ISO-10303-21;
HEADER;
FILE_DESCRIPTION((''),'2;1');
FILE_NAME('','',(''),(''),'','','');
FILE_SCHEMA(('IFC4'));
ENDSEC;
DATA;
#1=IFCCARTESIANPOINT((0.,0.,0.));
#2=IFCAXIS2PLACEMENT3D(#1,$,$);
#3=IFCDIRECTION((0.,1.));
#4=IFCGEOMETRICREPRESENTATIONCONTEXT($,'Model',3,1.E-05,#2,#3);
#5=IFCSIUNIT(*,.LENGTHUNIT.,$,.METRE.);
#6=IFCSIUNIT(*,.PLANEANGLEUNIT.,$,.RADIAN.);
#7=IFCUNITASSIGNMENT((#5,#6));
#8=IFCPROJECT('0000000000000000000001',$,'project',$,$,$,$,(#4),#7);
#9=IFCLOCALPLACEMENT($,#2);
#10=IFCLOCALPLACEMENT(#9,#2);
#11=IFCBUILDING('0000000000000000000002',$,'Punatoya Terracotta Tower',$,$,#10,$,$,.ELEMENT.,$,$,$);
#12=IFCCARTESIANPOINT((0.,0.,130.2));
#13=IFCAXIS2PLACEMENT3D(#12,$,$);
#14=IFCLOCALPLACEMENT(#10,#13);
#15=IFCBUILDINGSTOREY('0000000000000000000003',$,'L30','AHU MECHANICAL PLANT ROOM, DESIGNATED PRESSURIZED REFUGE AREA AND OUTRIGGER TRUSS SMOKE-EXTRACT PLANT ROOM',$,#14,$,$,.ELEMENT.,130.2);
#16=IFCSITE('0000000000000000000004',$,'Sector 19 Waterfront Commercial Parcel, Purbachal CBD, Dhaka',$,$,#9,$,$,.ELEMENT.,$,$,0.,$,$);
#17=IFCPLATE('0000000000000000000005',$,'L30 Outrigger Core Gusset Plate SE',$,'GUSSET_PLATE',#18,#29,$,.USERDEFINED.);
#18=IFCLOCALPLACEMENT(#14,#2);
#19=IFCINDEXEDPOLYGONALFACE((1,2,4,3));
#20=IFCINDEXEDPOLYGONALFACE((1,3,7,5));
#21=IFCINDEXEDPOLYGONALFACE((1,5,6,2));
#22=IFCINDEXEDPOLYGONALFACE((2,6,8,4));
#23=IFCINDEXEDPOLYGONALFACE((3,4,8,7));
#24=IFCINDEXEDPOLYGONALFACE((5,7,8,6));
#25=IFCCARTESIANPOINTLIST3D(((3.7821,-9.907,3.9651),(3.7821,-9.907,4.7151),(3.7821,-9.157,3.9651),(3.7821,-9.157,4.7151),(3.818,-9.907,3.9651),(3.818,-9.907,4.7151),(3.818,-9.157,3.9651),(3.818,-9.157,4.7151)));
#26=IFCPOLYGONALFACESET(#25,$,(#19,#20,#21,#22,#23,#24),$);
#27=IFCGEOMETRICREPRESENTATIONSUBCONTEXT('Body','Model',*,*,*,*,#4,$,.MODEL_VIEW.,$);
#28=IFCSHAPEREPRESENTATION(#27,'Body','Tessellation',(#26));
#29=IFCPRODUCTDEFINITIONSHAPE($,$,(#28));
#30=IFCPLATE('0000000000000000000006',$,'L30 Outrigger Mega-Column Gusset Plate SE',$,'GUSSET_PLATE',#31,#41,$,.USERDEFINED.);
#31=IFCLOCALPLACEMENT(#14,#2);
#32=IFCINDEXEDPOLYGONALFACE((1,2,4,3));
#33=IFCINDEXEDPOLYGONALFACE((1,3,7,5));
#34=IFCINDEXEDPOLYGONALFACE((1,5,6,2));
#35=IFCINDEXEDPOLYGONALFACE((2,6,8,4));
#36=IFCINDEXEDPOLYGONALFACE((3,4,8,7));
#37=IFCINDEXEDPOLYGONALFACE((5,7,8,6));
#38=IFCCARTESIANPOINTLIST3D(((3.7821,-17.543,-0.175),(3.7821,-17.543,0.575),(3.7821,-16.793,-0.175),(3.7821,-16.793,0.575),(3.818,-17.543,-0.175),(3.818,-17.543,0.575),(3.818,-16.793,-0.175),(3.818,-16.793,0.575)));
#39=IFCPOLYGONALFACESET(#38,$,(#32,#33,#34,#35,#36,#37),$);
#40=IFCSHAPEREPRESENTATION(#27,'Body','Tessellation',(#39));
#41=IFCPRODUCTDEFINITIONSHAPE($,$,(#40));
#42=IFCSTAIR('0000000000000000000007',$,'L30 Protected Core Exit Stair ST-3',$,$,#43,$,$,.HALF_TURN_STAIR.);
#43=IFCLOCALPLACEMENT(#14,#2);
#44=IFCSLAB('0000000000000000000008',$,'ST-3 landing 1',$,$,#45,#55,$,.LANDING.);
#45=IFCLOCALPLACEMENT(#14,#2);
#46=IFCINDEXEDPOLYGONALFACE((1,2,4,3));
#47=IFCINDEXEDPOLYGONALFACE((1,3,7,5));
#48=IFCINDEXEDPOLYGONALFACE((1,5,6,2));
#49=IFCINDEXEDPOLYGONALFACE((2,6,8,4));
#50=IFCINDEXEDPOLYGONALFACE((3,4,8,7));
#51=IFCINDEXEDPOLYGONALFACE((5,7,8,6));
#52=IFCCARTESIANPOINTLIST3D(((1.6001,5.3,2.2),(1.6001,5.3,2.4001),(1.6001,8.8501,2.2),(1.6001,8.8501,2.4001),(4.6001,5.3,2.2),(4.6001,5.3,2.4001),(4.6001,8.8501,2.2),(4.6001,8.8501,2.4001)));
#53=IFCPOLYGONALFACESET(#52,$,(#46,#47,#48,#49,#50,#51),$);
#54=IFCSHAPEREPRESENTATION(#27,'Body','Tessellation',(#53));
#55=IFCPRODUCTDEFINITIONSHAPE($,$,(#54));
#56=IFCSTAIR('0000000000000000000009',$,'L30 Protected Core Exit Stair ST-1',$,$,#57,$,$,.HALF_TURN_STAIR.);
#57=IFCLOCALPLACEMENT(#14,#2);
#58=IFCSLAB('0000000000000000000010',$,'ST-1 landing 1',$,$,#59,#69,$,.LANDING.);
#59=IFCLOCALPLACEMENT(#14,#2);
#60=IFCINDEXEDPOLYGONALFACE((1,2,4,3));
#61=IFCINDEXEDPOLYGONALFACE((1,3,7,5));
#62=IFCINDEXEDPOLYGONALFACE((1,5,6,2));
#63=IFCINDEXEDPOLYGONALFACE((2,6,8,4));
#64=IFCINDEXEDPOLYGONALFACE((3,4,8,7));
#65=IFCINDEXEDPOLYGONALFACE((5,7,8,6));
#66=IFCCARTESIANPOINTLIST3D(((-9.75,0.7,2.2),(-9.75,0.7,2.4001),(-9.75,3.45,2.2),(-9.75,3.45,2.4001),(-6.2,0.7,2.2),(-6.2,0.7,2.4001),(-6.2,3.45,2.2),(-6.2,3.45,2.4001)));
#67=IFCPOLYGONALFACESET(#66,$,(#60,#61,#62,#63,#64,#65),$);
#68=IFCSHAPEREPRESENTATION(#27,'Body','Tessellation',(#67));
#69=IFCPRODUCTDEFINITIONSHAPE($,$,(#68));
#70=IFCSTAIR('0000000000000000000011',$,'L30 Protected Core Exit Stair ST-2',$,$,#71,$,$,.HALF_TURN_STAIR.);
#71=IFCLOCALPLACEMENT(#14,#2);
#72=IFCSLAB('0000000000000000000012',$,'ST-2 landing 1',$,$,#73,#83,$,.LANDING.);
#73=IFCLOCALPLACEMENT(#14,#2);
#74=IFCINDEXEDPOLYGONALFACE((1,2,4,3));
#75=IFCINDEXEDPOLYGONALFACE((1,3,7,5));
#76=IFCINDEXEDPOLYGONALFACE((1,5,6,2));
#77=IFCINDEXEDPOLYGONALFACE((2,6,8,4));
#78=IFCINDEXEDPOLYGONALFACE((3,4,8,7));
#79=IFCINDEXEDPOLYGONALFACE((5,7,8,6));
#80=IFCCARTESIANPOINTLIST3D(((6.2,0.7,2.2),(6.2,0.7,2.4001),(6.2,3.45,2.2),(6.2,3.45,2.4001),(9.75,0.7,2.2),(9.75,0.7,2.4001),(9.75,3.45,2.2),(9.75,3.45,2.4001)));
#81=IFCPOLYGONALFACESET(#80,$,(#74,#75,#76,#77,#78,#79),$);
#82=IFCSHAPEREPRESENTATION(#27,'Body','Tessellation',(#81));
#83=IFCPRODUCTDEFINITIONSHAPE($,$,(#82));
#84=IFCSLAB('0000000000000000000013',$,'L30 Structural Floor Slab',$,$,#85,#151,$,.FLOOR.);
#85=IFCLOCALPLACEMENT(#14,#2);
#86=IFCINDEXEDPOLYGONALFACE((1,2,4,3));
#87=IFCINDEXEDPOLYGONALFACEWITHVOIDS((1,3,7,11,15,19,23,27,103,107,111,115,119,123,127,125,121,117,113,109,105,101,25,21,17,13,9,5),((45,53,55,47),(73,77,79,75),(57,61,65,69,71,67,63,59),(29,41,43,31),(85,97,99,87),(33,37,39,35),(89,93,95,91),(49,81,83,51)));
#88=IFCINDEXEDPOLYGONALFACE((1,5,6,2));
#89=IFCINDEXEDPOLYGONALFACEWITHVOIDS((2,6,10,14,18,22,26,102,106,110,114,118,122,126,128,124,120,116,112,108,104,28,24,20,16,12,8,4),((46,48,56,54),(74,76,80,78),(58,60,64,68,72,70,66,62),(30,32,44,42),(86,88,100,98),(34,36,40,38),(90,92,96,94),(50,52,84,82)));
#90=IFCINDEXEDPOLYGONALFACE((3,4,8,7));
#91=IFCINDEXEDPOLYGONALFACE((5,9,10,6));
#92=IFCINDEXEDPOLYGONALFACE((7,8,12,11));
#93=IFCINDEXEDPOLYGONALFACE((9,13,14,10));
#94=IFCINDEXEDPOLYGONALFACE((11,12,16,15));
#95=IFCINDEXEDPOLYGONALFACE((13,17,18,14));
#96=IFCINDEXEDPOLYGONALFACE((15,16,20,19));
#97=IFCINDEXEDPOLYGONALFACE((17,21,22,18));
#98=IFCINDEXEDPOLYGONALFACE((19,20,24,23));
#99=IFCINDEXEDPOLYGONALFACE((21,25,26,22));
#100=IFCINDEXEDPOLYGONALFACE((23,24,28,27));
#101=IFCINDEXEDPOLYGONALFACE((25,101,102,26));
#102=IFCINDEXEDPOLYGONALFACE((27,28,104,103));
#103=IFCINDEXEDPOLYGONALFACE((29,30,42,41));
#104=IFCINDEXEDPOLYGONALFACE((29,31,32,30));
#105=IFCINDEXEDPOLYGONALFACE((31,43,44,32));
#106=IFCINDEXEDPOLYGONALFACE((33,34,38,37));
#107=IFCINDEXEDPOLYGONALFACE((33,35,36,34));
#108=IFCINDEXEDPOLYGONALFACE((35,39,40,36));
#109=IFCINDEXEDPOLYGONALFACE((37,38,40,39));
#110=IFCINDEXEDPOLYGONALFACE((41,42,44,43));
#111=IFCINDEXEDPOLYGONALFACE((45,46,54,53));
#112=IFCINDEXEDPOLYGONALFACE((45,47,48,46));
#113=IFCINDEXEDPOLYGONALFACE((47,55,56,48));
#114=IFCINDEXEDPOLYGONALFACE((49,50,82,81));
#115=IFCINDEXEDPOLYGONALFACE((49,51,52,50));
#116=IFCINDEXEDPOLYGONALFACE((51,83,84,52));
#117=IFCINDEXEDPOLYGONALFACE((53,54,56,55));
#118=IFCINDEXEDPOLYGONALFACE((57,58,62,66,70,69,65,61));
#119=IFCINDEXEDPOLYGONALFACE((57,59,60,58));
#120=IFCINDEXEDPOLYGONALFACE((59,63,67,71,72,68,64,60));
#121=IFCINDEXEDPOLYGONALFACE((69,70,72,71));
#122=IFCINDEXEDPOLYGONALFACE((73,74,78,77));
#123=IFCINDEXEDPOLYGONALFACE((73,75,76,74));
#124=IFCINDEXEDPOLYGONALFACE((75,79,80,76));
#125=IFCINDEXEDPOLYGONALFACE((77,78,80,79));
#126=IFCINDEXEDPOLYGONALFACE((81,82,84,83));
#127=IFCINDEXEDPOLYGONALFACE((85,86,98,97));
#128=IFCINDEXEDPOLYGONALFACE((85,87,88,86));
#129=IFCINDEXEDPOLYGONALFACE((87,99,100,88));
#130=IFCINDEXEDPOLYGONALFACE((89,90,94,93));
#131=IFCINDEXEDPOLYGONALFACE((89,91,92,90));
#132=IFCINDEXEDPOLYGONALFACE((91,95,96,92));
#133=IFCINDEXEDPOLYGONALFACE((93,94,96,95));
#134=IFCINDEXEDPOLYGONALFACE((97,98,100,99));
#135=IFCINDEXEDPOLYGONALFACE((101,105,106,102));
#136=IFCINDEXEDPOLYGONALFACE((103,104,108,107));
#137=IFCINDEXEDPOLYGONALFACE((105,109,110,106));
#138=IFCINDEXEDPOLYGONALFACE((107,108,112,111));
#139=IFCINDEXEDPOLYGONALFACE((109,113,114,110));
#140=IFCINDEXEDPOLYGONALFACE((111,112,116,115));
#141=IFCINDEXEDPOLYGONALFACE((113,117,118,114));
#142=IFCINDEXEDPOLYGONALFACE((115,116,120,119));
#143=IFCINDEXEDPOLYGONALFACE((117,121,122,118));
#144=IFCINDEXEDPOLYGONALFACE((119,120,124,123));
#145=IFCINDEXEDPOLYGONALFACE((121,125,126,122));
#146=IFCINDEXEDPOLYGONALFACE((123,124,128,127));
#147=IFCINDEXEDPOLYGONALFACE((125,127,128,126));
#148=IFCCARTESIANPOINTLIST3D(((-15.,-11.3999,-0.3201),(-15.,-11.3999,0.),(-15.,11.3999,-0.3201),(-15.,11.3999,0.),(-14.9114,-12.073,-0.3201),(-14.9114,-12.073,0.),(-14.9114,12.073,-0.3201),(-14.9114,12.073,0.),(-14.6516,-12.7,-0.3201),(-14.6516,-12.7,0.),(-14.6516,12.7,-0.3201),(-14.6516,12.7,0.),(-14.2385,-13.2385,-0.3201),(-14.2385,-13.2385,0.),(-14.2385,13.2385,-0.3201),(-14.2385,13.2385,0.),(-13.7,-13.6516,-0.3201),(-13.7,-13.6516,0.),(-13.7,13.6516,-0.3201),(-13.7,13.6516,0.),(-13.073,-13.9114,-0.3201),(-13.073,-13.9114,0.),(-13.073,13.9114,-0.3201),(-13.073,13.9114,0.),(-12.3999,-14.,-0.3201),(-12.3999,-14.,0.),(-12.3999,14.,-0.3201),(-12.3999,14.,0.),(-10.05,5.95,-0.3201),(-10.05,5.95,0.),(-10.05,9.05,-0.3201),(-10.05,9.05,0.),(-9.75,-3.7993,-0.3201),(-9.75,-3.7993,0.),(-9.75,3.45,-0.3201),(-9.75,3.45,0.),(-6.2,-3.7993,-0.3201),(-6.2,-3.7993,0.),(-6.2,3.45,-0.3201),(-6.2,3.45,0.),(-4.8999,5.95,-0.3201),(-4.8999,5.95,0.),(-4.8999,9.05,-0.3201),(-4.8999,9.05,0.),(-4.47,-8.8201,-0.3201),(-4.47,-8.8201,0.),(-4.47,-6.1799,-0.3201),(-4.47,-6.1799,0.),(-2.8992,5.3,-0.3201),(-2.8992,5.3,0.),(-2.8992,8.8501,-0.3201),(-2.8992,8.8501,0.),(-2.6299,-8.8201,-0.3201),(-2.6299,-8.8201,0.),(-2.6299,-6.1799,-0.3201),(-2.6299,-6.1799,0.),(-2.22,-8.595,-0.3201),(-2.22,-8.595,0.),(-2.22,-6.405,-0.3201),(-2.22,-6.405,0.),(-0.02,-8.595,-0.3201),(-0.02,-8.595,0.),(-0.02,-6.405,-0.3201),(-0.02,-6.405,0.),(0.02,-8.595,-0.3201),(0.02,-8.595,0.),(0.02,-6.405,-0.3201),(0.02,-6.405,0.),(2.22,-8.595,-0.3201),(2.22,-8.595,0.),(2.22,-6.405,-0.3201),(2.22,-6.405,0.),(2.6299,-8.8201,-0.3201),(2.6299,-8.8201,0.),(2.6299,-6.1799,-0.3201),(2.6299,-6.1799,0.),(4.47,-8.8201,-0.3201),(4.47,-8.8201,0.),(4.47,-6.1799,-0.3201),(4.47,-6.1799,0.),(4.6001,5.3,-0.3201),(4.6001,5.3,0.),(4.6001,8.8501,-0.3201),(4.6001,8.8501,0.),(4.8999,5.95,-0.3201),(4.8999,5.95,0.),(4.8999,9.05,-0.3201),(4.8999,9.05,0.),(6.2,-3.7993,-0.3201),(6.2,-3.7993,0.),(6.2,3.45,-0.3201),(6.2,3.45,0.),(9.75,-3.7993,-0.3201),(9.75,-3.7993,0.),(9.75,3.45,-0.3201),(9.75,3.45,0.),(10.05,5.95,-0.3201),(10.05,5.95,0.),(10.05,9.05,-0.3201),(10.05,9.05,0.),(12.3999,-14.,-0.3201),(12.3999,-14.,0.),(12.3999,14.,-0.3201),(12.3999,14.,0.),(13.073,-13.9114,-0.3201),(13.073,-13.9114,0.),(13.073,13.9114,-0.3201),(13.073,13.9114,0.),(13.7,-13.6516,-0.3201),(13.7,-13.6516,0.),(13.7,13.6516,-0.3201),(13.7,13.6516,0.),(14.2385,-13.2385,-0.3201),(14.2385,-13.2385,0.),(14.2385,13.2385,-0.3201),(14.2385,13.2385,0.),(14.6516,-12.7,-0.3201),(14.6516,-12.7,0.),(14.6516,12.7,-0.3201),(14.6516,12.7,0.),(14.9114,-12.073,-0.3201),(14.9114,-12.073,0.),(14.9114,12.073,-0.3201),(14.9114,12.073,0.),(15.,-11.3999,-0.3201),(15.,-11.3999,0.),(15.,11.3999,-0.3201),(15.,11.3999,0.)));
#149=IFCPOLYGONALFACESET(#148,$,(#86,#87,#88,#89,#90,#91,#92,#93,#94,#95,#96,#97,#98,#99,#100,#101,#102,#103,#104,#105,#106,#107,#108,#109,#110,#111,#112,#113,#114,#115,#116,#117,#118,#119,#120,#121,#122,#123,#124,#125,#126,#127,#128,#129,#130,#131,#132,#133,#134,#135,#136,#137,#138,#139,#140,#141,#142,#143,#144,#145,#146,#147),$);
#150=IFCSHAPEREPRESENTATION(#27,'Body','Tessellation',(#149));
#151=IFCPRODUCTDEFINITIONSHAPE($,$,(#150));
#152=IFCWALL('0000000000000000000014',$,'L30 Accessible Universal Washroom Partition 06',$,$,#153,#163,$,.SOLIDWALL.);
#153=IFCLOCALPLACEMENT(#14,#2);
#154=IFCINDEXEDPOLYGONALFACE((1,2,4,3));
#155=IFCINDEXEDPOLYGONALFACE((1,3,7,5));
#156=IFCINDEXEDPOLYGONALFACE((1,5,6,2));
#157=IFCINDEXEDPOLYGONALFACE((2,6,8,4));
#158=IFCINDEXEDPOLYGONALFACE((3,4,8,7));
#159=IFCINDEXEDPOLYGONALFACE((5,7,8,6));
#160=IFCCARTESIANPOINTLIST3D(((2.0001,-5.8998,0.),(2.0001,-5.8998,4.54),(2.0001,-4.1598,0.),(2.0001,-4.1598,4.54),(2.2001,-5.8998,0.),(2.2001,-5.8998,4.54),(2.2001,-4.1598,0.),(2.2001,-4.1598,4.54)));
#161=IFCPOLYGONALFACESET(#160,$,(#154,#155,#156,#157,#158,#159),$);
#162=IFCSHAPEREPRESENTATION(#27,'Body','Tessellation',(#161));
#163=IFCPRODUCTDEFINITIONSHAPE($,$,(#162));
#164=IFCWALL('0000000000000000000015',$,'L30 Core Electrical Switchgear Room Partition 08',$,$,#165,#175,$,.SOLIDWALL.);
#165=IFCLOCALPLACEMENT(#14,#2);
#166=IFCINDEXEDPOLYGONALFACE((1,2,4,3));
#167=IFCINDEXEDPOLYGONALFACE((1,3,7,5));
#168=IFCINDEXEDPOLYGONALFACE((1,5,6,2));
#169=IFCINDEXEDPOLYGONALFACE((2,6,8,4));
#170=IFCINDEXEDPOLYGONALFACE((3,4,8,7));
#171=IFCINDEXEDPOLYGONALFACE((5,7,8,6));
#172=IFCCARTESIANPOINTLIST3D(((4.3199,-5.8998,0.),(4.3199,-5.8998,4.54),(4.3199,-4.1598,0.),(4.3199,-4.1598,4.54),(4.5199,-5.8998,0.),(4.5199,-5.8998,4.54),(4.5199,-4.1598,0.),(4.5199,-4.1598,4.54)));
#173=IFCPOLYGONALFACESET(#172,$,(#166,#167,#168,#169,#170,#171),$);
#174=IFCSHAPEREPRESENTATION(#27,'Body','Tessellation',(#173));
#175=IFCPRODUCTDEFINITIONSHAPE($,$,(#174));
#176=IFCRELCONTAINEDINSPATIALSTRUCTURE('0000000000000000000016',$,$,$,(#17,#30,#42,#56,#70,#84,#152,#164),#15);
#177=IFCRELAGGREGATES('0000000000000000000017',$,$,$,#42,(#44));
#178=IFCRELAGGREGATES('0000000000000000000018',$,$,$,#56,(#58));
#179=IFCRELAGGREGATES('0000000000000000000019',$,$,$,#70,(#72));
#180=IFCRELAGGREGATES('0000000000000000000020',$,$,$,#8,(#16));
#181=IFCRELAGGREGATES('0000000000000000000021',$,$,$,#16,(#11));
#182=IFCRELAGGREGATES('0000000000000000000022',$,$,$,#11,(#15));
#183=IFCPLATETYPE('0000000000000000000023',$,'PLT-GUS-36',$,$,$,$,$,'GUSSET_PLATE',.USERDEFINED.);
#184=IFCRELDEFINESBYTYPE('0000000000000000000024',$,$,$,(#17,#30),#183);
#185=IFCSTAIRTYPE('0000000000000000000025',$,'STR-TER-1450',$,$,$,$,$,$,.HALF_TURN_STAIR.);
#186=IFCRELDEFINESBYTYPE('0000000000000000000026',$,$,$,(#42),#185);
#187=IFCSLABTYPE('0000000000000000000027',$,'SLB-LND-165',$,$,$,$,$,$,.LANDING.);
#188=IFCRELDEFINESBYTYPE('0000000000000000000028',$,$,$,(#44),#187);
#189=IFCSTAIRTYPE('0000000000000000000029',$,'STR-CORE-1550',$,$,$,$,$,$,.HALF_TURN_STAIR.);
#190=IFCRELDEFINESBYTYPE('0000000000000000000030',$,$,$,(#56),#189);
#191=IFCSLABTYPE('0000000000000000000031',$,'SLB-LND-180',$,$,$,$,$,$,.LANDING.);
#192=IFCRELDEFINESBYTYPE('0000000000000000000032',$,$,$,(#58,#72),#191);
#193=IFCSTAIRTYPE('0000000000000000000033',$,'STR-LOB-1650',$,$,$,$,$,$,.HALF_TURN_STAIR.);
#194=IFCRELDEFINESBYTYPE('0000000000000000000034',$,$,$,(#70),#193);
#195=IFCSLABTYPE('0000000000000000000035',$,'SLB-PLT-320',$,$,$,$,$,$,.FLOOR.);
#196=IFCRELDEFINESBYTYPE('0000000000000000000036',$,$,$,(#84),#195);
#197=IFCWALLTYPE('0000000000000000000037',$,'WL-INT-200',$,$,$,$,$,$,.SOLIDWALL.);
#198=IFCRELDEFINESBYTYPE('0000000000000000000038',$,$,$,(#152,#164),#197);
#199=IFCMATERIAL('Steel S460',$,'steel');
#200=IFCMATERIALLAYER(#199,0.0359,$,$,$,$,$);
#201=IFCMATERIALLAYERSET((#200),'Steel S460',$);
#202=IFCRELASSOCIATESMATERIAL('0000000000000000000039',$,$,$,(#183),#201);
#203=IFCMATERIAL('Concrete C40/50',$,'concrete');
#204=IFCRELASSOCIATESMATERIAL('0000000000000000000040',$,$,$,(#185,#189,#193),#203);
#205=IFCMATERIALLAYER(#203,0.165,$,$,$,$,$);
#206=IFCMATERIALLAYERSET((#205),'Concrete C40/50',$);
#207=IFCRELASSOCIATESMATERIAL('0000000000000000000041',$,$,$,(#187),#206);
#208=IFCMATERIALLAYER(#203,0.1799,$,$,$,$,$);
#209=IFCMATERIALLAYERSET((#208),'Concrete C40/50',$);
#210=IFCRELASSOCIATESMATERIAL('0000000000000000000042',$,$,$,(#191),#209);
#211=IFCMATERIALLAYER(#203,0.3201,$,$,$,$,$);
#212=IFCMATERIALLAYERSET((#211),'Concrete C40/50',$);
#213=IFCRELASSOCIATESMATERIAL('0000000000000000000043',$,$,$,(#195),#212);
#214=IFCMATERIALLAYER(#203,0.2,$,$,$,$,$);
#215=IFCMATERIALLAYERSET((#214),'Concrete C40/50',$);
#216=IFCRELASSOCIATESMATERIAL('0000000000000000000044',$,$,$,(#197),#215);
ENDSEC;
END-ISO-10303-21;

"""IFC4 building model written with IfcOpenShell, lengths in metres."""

from ifc_helpers import new_model, si_unit, direction, frame, frame_2d, origin, origin_2d, place, context, subcontext, project, spatial, polyline, rectangle, outline, extrude, material, layer, layer_set, type_object, element, aggregate, save


model = new_model("IFC4")

# Units and contexts
model_context = context("Model", 3, precision=1e-05, world=origin(), true_north=direction((0.0, 1.0)))
body_context = subcontext(model_context, "Body", "Model", "MODEL_VIEW")
ifc_project = project(units=[si_unit("LENGTHUNIT", "METRE"), si_unit("PLANEANGLEUNIT", "RADIAN")], contexts=[model_context])

# Site, building, storey
site_placement = place(None, origin())
site = spatial("IfcSite", under=ifc_project, at=site_placement, Name="Sector 19 Waterfront Commercial Parcel, Purbachal CBD, Dhaka", CompositionType="ELEMENT", RefElevation=0.0)
building_placement = place(site_placement, origin())
building = spatial("IfcBuilding", under=site, at=building_placement, Name="Punatoya Terracotta Tower", CompositionType="ELEMENT")
storey_placement = place(building_placement, frame((0.0, 0.0, 130.2)))
storey = spatial("IfcBuildingStorey", under=building, at=storey_placement, Name="L30", Description="AHU MECHANICAL PLANT ROOM, DESIGNATED PRESSURIZED REFUGE AREA AND OUTRIGGER TRUSS SMOKE-EXTRACT PLANT ROOM", CompositionType="ELEMENT", Elevation=130.2)

# Shared definitions
ifc_material_1 = material(Name="Steel S460", Category="steel")

# Plates
ifc_layer_1 = layer(ifc_material_1, 0.0359)
ifc_layer_set_1 = layer_set([ifc_layer_1], Name="Steel S460")
plate_type = type_object("IfcPlateType", Name="PLT-GUS-36", ElementType="GUSSET_PLATE", PredefinedType="USERDEFINED", material=ifc_layer_set_1)
for number, where, z_axis, x_axis, name in (
    (1, (3.8, -9.532, 3.9651), (0.0, 0.0, 1.0), (0.0, 1.0, 0.0), "L30 Outrigger Core Gusset Plate SE"),
    (2, (3.8, -17.168, -0.175), (0.0, 0.0, 1.0), (0.0, 1.0, 0.0), "L30 Outrigger Mega-Column Gusset Plate SE"),
):
    element("IfcPlate", number, at=place(storey_placement, frame(where, z_axis=z_axis, x_axis=x_axis)), inside=storey, type_object=plate_type, Name=name, ObjectType="GUSSET_PLATE", PredefinedType="USERDEFINED", context=body_context, shape_type="SweptSolid", body=[
        extrude(rectangle(XDim=0.75, YDim=0.0359, at=origin_2d()), origin(), (0.0, 0.0, 1.0), 0.75),
    ])

# Stairs, slabs
ifc_material_2 = material(Name="Concrete C40/50", Category="concrete")
stair_type_1 = type_object("IfcStairType", Name="STR-TER-1450", PredefinedType="HALF_TURN_STAIR", material=ifc_material_2)
stair_1_placement = place(storey_placement, origin())
stair_1 = element("IfcStair", 3, at=stair_1_placement, inside=storey, type_object=stair_type_1, Name="L30 Protected Core Exit Stair ST-3", PredefinedType="HALF_TURN_STAIR")
ifc_layer_2 = layer(ifc_material_2, 0.165)
ifc_layer_set_2 = layer_set([ifc_layer_2], Name="Concrete C40/50")
slab_type_1 = type_object("IfcSlabType", Name="SLB-LND-165", PredefinedType="LANDING", material=ifc_layer_set_2)
slab_1_placement = place(storey_placement, frame((0.0, 0.0, 2.2)))
slab_1 = element("IfcSlab", 4, at=slab_1_placement, type_object=slab_type_1, Name="ST-3 landing 1", PredefinedType="LANDING", context=body_context, shape_type="SweptSolid", body=[
    extrude(outline(polyline([(1.6001, 5.3), (4.6001, 5.3), (4.6001, 8.8501), (1.6001, 8.8501), (1.6001, 5.3)])), origin(), (0.0, 0.0, 1.0), 0.2002),
])
aggregate(stair_1, [slab_1])
stair_type_2 = type_object("IfcStairType", Name="STR-CORE-1550", PredefinedType="HALF_TURN_STAIR", material=ifc_material_2)
stair_2_placement = place(storey_placement, origin())
stair_2 = element("IfcStair", 5, at=stair_2_placement, inside=storey, type_object=stair_type_2, Name="L30 Protected Core Exit Stair ST-1", PredefinedType="HALF_TURN_STAIR")
ifc_layer_3 = layer(ifc_material_2, 0.1799)
ifc_layer_set_3 = layer_set([ifc_layer_3], Name="Concrete C40/50")
slab_type_2 = type_object("IfcSlabType", Name="SLB-LND-180", PredefinedType="LANDING", material=ifc_layer_set_3)
slab_2_placement = place(storey_placement, frame((0.0, 0.0, 2.2)))
slab_2 = element("IfcSlab", 6, at=slab_2_placement, type_object=slab_type_2, Name="ST-1 landing 1", PredefinedType="LANDING", context=body_context, shape_type="SweptSolid", body=[
    extrude(outline(polyline([(-6.2, 0.7), (-6.2, 3.45), (-9.75, 3.45), (-9.75, 0.7), (-6.2, 0.7)])), origin(), (0.0, 0.0, 1.0), 0.2002),
])
aggregate(stair_2, [slab_2])
stair_type_3 = type_object("IfcStairType", Name="STR-LOB-1650", PredefinedType="HALF_TURN_STAIR", material=ifc_material_2)
stair_3_placement = place(storey_placement, origin())
stair_3 = element("IfcStair", 7, at=stair_3_placement, inside=storey, type_object=stair_type_3, Name="L30 Protected Core Exit Stair ST-2", PredefinedType="HALF_TURN_STAIR")
slab_3_placement = place(storey_placement, frame((0.0, 0.0, 2.2)))
slab_3 = element("IfcSlab", 8, at=slab_3_placement, type_object=slab_type_2, Name="ST-2 landing 1", PredefinedType="LANDING", context=body_context, shape_type="SweptSolid", body=[
    extrude(outline(polyline([(9.75, 0.7), (9.75, 3.45), (6.2, 3.45), (6.2, 0.7), (9.75, 0.7)])), origin(), (0.0, 0.0, 1.0), 0.2002),
])
aggregate(stair_3, [slab_3])

# Slab
ifc_layer_4 = layer(ifc_material_2, 0.3201)
ifc_layer_set_4 = layer_set([ifc_layer_4], Name="Concrete C40/50")
slab_type_3 = type_object("IfcSlabType", Name="SLB-PLT-320", PredefinedType="FLOOR", material=ifc_layer_set_4)
slab_4_placement = place(storey_placement, frame((0.0, 0.0, -0.3201)))
element("IfcSlab", 9, at=slab_4_placement, inside=storey, type_object=slab_type_3, Name="L30 Structural Floor Slab", PredefinedType="FLOOR", context=body_context, shape_type="SweptSolid", body=[
    extrude(outline(polyline([(-12.3999, -14.0), (-13.073, -13.9114), (-13.7, -13.6516), (-14.2385, -13.2385), (-14.6516, -12.7), (-14.9114, -12.073), (-15.0, -11.3999), (-15.0, 11.3999), (-14.9114, 12.073), (-14.6516, 12.7), (-14.2385, 13.2385), (-13.7, 13.6516), (-13.073, 13.9114), (-12.3999, 14.0), (12.3999, 14.0), (13.073, 13.9114), (13.7, 13.6516), (14.2385, 13.2385), (14.6516, 12.7), (14.9114, 12.073), (15.0, 11.3999), (15.0, -11.3999), (14.9114, -12.073), (14.6516, -12.7), (14.2385, -13.2385), (13.7, -13.6516), (13.073, -13.9114), (12.3999, -14.0), (-12.3999, -14.0)]), holes=[polyline([(-2.6299, -6.1799), (-4.47, -6.1799), (-4.47, -8.8201), (-2.6299, -8.8201), (-2.6299, -6.1799)]), polyline([(-0.02, -6.405), (-2.22, -6.405), (-2.22, -8.595), (-0.02, -8.595), (0.02, -8.595), (2.22, -8.595), (2.22, -6.405), (0.02, -6.405), (-0.02, -6.405)]), polyline([(4.47, -6.1799), (2.6299, -6.1799), (2.6299, -8.8201), (4.47, -8.8201), (4.47, -6.1799)]), polyline([(-9.75, 3.45), (-9.75, -3.7993), (-6.2, -3.7993), (-6.2, 3.45), (-9.75, 3.45)]), polyline([(6.2, 3.45), (6.2, -3.7993), (9.75, -3.7993), (9.75, 3.45), (6.2, 3.45)]), polyline([(4.6001, 8.8501), (-2.8992, 8.8501), (-2.8992, 5.3), (4.6001, 5.3), (4.6001, 8.8501)]), polyline([(-4.8999, 5.95), (-4.8999, 9.05), (-10.05, 9.05), (-10.05, 5.95), (-4.8999, 5.95)]), polyline([(10.05, 5.95), (10.05, 9.05), (4.8999, 9.05), (4.8999, 5.95), (10.05, 5.95)])]), origin(), (0.0, 0.0, 1.0), 0.3201),
])

# Wall
ifc_layer_5 = layer(ifc_material_2, 0.2)
ifc_layer_set_5 = layer_set([ifc_layer_5], Name="Concrete C40/50")
wall_type_1 = type_object("IfcWallType", Name="WL-INT-200", PredefinedType="SOLIDWALL", material=ifc_layer_set_5)
wall_1_placement = place(storey_placement, frame((2.1001, -5.8999, 0.0), z_axis=(0.0, 0.0, 1.0), x_axis=(0.0, 1.0, 0.0)))
element("IfcWall", 10, at=wall_1_placement, inside=storey, type_object=wall_type_1, Name="L30 Accessible Universal Washroom Partition 06", PredefinedType="SOLIDWALL", context=body_context, shape_type="SweptSolid", body=[
    extrude(rectangle(XDim=1.74, YDim=0.2, at=frame_2d((0.8701, 0.0))), origin(), (0.0, 0.0, 1.0), 4.54),
])

# Wall
wall_2_placement = place(storey_placement, frame((4.4199, -5.8999, 0.0), z_axis=(0.0, 0.0, 1.0), x_axis=(0.0, 1.0, 0.0)))
element("IfcWall", 11, at=wall_2_placement, inside=storey, type_object=wall_type_1, Name="L30 Core Electrical Switchgear Room Partition 08", PredefinedType="SOLIDWALL", context=body_context, shape_type="SweptSolid", body=[
    extrude(rectangle(XDim=1.74, YDim=0.2, at=frame_2d((0.8701, 0.0))), origin(), (0.0, 0.0, 1.0), 4.54),
])

save(model, "model.ifc")
